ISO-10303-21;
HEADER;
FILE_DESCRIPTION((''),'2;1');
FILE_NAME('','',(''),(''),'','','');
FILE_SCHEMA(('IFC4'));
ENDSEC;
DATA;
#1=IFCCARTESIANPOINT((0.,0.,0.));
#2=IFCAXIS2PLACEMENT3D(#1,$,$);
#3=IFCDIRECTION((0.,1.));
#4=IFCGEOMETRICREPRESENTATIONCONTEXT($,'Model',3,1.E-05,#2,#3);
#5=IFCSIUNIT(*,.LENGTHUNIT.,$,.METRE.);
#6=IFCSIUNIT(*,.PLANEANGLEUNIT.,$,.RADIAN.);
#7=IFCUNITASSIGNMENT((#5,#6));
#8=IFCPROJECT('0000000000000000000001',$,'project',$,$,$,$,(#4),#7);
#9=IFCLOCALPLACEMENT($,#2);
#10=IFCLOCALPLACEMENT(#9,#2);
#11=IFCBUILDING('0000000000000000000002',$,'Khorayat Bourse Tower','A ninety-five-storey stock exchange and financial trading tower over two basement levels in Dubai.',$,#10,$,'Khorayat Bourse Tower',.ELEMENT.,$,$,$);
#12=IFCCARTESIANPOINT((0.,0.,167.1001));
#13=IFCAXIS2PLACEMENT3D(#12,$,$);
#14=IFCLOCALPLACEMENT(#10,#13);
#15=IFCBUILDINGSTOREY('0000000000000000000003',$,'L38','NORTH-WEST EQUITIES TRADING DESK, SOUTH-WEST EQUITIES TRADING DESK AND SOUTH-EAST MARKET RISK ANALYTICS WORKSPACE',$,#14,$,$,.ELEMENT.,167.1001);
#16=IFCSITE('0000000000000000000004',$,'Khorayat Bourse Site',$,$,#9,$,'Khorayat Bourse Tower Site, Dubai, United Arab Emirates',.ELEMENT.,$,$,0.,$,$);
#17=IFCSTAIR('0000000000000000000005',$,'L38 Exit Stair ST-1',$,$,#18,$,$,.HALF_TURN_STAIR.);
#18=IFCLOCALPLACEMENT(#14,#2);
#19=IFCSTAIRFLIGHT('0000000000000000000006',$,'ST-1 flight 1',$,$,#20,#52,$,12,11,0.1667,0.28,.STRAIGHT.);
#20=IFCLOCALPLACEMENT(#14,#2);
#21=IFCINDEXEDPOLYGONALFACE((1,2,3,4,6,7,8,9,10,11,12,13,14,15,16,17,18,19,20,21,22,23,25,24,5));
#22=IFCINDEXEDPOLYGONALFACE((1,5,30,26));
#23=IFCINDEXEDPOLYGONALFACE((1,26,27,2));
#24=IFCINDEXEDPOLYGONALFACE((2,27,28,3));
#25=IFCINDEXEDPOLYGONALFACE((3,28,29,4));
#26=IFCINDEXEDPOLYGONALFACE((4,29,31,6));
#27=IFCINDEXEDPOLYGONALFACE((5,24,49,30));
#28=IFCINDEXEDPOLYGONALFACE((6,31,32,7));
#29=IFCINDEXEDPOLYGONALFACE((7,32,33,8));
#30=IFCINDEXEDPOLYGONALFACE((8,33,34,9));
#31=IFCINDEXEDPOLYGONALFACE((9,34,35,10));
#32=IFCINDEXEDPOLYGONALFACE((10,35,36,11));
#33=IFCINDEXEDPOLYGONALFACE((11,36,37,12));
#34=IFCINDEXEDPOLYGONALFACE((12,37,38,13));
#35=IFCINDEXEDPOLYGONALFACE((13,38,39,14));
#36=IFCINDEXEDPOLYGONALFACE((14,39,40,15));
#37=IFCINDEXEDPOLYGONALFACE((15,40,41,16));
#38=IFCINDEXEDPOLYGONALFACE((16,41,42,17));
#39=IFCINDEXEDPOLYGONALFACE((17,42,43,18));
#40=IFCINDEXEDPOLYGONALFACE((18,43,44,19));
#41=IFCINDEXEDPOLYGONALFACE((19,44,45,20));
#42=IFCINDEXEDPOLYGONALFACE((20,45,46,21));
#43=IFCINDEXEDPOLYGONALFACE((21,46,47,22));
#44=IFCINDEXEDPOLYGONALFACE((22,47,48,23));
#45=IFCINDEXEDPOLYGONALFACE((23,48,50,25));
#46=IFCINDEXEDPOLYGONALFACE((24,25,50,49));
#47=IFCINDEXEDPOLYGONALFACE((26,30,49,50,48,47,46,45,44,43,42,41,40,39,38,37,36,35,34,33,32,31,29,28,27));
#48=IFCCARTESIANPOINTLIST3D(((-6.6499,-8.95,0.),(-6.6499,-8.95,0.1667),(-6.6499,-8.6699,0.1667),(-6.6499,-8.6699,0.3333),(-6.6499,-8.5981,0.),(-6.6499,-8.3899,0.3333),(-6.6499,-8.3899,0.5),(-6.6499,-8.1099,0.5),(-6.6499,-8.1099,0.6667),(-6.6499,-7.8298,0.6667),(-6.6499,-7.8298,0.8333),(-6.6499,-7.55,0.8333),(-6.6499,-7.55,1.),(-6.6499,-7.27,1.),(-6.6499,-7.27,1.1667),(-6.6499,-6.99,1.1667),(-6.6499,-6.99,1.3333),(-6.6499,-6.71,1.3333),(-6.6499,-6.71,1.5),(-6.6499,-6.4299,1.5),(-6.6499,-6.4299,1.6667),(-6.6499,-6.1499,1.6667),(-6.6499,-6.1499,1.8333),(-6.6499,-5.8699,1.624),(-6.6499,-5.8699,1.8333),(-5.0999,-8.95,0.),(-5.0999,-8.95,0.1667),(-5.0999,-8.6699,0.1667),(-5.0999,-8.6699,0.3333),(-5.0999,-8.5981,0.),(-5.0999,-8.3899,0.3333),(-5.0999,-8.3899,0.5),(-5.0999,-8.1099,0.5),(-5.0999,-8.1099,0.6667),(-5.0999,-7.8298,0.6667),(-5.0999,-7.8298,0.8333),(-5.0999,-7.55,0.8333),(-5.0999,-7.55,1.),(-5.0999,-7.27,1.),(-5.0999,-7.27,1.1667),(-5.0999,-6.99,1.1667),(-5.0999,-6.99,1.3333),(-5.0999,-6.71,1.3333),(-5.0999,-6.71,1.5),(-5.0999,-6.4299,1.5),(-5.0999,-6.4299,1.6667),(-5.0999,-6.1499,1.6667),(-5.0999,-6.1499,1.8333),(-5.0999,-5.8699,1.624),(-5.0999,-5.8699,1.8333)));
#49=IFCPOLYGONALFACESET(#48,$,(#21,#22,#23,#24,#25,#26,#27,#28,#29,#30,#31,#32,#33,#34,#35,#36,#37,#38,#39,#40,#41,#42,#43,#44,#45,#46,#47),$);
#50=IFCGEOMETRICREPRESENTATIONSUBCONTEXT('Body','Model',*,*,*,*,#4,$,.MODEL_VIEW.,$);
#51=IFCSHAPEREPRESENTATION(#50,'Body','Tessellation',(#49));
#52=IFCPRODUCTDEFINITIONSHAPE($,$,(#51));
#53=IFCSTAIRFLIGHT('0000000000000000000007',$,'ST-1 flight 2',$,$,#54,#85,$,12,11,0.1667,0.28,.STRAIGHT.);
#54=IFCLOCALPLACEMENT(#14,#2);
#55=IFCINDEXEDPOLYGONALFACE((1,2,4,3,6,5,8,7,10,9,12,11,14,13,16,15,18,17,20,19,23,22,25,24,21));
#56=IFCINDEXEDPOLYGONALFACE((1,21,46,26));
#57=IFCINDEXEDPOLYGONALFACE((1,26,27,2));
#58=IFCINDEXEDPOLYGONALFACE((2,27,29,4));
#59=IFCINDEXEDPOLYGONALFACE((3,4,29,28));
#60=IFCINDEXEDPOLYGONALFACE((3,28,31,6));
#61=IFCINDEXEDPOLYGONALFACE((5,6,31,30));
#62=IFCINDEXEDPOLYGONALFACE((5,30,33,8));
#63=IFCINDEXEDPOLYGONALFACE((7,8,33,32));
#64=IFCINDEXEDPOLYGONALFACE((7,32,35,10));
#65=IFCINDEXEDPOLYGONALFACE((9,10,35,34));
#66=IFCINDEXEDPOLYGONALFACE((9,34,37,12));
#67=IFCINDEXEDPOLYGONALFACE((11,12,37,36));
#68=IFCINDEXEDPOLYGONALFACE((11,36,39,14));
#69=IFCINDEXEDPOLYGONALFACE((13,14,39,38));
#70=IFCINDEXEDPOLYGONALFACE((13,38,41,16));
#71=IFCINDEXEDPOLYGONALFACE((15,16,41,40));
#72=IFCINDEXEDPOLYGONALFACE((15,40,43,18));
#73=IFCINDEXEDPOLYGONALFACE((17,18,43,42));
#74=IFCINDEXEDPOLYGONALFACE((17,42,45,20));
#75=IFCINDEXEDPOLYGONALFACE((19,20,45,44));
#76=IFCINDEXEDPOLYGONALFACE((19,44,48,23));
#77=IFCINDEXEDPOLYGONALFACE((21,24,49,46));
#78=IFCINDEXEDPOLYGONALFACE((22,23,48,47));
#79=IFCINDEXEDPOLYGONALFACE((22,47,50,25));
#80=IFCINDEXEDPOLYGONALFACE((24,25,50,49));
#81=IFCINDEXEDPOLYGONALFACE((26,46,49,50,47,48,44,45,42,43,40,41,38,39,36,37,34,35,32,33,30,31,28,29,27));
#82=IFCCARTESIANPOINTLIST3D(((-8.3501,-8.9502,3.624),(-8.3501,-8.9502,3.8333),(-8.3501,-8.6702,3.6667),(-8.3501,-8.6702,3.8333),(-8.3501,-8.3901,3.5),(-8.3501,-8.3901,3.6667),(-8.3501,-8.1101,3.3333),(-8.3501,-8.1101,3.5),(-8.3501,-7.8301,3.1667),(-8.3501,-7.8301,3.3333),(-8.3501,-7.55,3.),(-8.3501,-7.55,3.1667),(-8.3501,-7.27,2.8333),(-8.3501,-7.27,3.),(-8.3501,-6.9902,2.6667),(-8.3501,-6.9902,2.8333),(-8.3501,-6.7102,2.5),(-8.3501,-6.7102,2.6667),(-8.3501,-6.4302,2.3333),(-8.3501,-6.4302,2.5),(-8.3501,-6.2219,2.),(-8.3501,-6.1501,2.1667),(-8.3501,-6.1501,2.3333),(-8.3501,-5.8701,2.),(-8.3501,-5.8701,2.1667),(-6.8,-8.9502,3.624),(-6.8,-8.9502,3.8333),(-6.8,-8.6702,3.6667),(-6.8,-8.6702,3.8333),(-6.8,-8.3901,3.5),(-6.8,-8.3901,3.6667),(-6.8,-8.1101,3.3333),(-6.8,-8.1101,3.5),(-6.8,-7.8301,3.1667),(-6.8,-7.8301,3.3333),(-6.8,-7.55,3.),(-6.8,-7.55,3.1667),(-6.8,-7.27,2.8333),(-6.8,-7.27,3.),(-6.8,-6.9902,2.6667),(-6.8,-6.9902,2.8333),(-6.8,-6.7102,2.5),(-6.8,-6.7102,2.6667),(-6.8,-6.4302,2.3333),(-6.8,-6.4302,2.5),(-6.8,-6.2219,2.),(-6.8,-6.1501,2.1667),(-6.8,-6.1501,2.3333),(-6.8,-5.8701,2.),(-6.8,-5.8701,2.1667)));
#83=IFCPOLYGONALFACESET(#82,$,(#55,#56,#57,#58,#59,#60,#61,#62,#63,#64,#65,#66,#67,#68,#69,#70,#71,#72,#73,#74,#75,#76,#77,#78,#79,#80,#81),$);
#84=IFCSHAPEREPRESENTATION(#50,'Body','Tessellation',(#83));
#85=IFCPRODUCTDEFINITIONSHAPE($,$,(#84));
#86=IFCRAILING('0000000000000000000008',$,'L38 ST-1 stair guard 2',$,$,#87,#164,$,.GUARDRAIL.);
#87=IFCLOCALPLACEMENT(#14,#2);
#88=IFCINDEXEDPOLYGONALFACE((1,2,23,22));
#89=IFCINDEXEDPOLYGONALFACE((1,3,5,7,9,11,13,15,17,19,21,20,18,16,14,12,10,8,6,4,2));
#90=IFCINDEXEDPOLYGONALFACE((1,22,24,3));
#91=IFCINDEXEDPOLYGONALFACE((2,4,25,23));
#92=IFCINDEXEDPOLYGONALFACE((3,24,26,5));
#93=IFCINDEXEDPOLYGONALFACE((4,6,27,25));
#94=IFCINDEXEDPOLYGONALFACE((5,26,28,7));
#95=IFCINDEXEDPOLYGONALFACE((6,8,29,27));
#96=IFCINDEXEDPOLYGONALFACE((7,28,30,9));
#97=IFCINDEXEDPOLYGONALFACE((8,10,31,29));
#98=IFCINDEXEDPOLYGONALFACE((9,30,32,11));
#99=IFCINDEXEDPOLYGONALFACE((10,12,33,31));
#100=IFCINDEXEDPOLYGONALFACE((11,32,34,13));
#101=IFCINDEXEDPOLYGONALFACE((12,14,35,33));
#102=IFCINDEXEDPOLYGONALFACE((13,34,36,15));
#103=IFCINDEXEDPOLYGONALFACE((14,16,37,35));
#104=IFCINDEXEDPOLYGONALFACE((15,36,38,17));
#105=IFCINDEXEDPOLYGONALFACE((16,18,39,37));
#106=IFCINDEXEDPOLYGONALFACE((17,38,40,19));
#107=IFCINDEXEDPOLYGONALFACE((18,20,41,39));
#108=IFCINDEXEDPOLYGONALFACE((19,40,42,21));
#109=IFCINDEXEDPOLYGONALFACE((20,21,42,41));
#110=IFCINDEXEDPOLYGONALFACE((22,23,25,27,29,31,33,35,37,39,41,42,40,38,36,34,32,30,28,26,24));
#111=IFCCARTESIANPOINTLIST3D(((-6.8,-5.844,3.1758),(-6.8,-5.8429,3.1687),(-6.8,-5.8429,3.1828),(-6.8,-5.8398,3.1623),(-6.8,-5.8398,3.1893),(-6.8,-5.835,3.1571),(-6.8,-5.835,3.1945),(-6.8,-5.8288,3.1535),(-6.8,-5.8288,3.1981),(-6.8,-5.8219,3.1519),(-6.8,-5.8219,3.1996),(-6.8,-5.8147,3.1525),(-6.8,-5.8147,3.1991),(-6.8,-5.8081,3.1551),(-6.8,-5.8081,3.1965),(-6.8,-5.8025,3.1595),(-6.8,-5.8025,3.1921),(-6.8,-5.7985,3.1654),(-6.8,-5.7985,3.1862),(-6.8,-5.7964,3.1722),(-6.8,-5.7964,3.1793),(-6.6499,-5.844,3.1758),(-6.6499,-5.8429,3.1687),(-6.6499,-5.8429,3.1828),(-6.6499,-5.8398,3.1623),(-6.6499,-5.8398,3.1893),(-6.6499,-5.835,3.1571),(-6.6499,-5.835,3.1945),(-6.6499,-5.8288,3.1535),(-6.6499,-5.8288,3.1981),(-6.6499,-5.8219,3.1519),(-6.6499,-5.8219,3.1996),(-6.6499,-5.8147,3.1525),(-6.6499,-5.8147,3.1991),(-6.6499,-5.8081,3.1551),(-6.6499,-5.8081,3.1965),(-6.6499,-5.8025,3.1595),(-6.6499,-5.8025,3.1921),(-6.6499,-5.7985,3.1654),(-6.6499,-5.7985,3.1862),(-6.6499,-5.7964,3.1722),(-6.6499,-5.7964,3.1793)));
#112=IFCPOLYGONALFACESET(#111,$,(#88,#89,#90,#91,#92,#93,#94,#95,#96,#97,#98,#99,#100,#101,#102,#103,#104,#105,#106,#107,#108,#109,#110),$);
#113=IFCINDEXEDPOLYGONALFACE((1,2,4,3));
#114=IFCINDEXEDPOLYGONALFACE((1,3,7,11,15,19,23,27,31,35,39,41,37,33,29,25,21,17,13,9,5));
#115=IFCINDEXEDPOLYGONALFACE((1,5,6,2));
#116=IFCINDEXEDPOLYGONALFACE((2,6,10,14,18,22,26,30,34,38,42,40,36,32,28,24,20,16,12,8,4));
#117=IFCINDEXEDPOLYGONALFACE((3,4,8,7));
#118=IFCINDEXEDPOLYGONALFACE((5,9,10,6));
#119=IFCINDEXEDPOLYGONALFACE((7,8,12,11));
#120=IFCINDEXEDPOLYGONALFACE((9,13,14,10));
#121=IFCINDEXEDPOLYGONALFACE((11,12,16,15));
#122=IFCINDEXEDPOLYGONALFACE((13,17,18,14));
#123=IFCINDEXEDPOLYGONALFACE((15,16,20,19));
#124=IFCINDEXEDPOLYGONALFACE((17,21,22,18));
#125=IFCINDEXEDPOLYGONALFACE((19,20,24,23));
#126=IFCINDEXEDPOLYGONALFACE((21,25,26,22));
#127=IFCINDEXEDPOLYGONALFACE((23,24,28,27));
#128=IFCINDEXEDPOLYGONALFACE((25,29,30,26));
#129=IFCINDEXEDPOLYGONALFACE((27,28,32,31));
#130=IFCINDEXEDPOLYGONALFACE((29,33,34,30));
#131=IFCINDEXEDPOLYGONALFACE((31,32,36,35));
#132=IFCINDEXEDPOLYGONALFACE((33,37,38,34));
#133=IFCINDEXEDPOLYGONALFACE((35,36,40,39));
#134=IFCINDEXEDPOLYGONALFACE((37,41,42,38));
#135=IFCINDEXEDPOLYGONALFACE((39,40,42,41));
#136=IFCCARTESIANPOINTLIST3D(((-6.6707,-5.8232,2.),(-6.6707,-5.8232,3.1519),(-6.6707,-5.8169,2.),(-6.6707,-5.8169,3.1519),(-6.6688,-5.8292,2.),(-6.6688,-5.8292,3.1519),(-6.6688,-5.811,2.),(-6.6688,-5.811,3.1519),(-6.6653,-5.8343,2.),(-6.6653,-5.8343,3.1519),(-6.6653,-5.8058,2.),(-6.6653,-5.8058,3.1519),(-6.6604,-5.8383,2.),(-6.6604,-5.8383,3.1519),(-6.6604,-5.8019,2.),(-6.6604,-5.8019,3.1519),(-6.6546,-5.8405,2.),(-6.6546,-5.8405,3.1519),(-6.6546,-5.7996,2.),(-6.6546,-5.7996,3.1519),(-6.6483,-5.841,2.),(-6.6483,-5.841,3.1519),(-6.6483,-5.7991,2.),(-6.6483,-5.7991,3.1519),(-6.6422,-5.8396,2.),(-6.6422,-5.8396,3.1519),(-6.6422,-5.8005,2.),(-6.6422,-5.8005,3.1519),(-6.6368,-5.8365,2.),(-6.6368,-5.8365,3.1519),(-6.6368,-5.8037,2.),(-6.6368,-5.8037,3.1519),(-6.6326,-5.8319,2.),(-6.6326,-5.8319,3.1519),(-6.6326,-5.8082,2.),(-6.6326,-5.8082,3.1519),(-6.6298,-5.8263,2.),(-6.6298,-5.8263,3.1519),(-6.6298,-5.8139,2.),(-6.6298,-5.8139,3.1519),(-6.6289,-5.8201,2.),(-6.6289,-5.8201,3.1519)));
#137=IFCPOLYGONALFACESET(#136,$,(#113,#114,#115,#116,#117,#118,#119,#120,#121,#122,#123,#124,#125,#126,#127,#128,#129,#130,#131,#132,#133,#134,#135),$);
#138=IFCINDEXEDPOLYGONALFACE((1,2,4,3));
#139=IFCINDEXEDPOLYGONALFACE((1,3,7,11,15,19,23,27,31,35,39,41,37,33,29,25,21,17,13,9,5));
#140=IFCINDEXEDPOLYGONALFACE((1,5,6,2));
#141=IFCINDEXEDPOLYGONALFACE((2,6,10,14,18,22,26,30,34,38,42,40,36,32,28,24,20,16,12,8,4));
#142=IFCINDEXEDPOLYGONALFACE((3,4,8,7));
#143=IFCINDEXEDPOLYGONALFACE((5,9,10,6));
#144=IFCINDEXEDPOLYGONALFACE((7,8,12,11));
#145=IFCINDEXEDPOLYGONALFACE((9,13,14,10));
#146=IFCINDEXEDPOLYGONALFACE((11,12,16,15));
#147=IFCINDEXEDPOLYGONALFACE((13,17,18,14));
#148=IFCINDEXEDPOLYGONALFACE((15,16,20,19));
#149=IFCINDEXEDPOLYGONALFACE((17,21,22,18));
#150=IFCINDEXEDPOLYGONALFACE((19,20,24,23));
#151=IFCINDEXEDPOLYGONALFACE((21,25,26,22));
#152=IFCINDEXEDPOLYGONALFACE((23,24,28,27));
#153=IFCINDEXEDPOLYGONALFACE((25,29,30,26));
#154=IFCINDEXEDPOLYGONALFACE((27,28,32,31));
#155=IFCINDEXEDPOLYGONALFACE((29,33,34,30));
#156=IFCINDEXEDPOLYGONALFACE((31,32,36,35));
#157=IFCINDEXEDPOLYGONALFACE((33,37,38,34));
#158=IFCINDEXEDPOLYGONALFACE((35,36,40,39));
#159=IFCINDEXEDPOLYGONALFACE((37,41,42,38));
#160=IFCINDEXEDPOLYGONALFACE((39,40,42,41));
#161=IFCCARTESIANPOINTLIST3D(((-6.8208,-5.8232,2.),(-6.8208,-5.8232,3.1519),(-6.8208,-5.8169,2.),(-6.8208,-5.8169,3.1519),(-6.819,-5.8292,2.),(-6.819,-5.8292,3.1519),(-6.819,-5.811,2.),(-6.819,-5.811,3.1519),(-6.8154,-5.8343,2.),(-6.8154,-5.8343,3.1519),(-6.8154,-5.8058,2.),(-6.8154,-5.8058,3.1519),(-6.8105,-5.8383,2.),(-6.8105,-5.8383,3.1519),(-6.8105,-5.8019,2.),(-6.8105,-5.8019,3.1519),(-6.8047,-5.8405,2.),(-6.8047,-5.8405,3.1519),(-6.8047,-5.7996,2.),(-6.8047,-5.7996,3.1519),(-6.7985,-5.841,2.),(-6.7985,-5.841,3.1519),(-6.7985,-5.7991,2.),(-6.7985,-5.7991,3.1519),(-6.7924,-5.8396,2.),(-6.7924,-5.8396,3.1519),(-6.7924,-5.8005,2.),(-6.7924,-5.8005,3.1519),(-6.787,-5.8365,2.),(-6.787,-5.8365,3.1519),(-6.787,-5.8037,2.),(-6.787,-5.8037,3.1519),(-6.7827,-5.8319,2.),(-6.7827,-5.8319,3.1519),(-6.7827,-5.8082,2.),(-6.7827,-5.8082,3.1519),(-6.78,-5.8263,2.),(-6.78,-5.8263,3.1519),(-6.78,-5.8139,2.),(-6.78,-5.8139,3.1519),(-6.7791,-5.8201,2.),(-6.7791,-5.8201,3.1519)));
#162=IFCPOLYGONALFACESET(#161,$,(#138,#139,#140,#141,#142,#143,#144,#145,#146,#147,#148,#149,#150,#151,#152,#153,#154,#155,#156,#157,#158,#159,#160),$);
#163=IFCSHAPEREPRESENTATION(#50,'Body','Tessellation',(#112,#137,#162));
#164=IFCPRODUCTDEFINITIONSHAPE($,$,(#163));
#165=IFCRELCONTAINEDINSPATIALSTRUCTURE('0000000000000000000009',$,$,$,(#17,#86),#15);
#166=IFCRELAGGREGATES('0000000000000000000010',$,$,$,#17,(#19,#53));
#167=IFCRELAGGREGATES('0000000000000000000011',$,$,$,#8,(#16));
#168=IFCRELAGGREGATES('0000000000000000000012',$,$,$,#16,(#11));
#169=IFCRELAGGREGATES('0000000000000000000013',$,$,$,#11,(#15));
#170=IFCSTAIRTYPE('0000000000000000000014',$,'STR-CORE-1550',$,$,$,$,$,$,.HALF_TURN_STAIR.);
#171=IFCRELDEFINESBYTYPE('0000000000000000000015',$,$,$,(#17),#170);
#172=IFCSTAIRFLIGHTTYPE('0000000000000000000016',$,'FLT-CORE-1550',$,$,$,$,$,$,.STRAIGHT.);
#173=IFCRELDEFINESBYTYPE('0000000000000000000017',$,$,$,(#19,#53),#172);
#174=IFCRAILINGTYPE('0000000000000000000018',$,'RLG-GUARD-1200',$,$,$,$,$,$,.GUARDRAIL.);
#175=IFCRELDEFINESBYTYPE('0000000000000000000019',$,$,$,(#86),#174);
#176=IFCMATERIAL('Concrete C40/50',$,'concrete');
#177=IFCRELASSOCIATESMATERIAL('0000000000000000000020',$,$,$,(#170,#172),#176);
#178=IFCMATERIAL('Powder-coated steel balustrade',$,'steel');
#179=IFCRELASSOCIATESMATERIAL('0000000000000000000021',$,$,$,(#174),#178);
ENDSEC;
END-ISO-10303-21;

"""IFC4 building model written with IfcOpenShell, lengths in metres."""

from ifc_helpers import new_model, si_unit, direction, frame, origin, origin_2d, place, context, subcontext, project, spatial, polyline, circle, outline, extrude, source, transform, mapped, material, type_object, element, aggregate, save


model = new_model("IFC4")

# Units and contexts
model_context = context("Model", 3, precision=1e-05, world=origin(), true_north=direction((0.0, 1.0)))
body_context = subcontext(model_context, "Body", "Model", "MODEL_VIEW")
ifc_project = project(units=[si_unit("LENGTHUNIT", "METRE"), si_unit("PLANEANGLEUNIT", "RADIAN")], contexts=[model_context])

# Site, building, storey
site_placement = place(None, origin())
site = spatial("IfcSite", under=ifc_project, at=site_placement, Name="Khorayat Bourse Site", LongName="Khorayat Bourse Tower Site, Dubai, United Arab Emirates", CompositionType="ELEMENT", RefElevation=0.0)
building_placement = place(site_placement, origin())
building = spatial("IfcBuilding", under=site, at=building_placement, Name="Khorayat Bourse Tower", Description="A ninety-five-storey stock exchange and financial trading tower over two basement levels in Dubai.", LongName="Khorayat Bourse Tower", CompositionType="ELEMENT")
storey_placement = place(building_placement, frame((0.0, 0.0, 167.1001)))
storey = spatial("IfcBuildingStorey", under=building, at=storey_placement, Name="L38", Description="NORTH-WEST EQUITIES TRADING DESK, SOUTH-WEST EQUITIES TRADING DESK AND SOUTH-EAST MARKET RISK ANALYTICS WORKSPACE", CompositionType="ELEMENT", Elevation=167.1001)

# Stair, stair flights
ifc_material_1 = material(Name="Concrete C40/50", Category="concrete")
stair_type = type_object("IfcStairType", Name="STR-CORE-1550", PredefinedType="HALF_TURN_STAIR", material=ifc_material_1)
stair_placement = place(storey_placement, origin())
stair = element("IfcStair", 1, at=stair_placement, inside=storey, type_object=stair_type, Name="L38 Exit Stair ST-1", PredefinedType="HALF_TURN_STAIR")
stair_flight_type = type_object("IfcStairFlightType", Name="FLT-CORE-1550", PredefinedType="STRAIGHT", material=ifc_material_1)
shared_shape_1 = source(origin(), body_context, "Body", "SweptSolid", [
    extrude(outline(polyline([(0.0, 0.0), (0.0, 0.1667), (0.28, 0.1667), (0.28, 0.3333), (0.5601, 0.3333), (0.5601, 0.5), (0.8401, 0.5), (0.8401, 0.6667), (1.1201, 0.6667), (1.1201, 0.8333), (1.3999, 0.8333), (1.3999, 1.0), (1.6799, 1.0), (1.6799, 1.1667), (1.96, 1.1667), (1.96, 1.3333), (2.24, 1.3333), (2.24, 1.5), (2.52, 1.5), (2.52, 1.6667), (2.8, 1.6667), (2.8, 1.8333), (3.0801, 1.8333), (3.0801, 2.0), (3.0801, 1.624), (0.3518, 0.0), (0.0, 0.0)])), frame((0.0, 0.7749, 0.0), z_axis=(0.0, -1.0, 0.0), x_axis=(1.0, 0.0, 0.0)), (0.0, 0.0, 1.0), 1.55),
])
stair_flight_1_placement = place(storey_placement, frame((-5.875, -8.95, 0.0), z_axis=(0.0, 0.0, 1.0), x_axis=(0.0, 1.0, 0.0)))
stair_flight_1 = element("IfcStairFlight", 2, at=stair_flight_1_placement, type_object=stair_flight_type, Name="ST-1 flight 1", NumberOfRisers=12, NumberOfTreads=11, PredefinedType="STRAIGHT", RiserHeight=0.1667, TreadLength=0.28, context=body_context, shape_type="MappedRepresentation", body=[
    mapped(shared_shape_1, transform((0.0, 0.0, 0.0), scale=1.0)),
])
stair_flight_2_placement = place(storey_placement, frame((-7.575, -5.8701, 2.0), z_axis=(0.0, 0.0, 1.0), x_axis=(0.0, -1.0, 0.0)))
stair_flight_2 = element("IfcStairFlight", 3, at=stair_flight_2_placement, type_object=stair_flight_type, Name="ST-1 flight 2", NumberOfRisers=12, NumberOfTreads=11, PredefinedType="STRAIGHT", RiserHeight=0.1667, TreadLength=0.28, context=body_context, shape_type="MappedRepresentation", body=[
    mapped(shared_shape_1, transform((0.0, 0.0, 0.0), scale=1.0)),
])
aggregate(stair, [stair_flight_1, stair_flight_2])

# Railing
ifc_material_2 = material(Name="Powder-coated steel balustrade", Category="steel")
railing_type_1 = type_object("IfcRailingType", Name="RLG-GUARD-1200", PredefinedType="GUARDRAIL", material=ifc_material_2)
shared_shape_2 = source(origin(), body_context, "Body", "SweptSolid", [
    extrude(circle(Radius=0.0239, at=origin_2d()), frame((0.0, 0.0, 1.1758), z_axis=(-1.0, 0.0, 0.0), x_axis=(0.0, -1.0, 0.0)), (0.0, 0.0, 1.0), 0.1501),
    extrude(circle(Radius=0.021, at=origin_2d()), origin(), (0.0, 0.0, 1.0), 1.1519),
    extrude(circle(Radius=0.021, at=origin_2d()), frame((-0.1501, 0.0, 0.0)), (0.0, 0.0, 1.0), 1.1519),
])
for number, where, name in (
    (4, (-6.6499, -5.8201, 2.0), "L38 ST-1 stair guard 2"),
):
    element("IfcRailing", number, at=place(storey_placement, frame(where)), inside=storey, type_object=railing_type_1, Name=name, PredefinedType="GUARDRAIL", context=body_context, shape_type="MappedRepresentation", body=[
        mapped(shared_shape_2, transform((0.0, 0.0, 0.0), scale=1.0)),
    ])

save(model, "model.ifc")
